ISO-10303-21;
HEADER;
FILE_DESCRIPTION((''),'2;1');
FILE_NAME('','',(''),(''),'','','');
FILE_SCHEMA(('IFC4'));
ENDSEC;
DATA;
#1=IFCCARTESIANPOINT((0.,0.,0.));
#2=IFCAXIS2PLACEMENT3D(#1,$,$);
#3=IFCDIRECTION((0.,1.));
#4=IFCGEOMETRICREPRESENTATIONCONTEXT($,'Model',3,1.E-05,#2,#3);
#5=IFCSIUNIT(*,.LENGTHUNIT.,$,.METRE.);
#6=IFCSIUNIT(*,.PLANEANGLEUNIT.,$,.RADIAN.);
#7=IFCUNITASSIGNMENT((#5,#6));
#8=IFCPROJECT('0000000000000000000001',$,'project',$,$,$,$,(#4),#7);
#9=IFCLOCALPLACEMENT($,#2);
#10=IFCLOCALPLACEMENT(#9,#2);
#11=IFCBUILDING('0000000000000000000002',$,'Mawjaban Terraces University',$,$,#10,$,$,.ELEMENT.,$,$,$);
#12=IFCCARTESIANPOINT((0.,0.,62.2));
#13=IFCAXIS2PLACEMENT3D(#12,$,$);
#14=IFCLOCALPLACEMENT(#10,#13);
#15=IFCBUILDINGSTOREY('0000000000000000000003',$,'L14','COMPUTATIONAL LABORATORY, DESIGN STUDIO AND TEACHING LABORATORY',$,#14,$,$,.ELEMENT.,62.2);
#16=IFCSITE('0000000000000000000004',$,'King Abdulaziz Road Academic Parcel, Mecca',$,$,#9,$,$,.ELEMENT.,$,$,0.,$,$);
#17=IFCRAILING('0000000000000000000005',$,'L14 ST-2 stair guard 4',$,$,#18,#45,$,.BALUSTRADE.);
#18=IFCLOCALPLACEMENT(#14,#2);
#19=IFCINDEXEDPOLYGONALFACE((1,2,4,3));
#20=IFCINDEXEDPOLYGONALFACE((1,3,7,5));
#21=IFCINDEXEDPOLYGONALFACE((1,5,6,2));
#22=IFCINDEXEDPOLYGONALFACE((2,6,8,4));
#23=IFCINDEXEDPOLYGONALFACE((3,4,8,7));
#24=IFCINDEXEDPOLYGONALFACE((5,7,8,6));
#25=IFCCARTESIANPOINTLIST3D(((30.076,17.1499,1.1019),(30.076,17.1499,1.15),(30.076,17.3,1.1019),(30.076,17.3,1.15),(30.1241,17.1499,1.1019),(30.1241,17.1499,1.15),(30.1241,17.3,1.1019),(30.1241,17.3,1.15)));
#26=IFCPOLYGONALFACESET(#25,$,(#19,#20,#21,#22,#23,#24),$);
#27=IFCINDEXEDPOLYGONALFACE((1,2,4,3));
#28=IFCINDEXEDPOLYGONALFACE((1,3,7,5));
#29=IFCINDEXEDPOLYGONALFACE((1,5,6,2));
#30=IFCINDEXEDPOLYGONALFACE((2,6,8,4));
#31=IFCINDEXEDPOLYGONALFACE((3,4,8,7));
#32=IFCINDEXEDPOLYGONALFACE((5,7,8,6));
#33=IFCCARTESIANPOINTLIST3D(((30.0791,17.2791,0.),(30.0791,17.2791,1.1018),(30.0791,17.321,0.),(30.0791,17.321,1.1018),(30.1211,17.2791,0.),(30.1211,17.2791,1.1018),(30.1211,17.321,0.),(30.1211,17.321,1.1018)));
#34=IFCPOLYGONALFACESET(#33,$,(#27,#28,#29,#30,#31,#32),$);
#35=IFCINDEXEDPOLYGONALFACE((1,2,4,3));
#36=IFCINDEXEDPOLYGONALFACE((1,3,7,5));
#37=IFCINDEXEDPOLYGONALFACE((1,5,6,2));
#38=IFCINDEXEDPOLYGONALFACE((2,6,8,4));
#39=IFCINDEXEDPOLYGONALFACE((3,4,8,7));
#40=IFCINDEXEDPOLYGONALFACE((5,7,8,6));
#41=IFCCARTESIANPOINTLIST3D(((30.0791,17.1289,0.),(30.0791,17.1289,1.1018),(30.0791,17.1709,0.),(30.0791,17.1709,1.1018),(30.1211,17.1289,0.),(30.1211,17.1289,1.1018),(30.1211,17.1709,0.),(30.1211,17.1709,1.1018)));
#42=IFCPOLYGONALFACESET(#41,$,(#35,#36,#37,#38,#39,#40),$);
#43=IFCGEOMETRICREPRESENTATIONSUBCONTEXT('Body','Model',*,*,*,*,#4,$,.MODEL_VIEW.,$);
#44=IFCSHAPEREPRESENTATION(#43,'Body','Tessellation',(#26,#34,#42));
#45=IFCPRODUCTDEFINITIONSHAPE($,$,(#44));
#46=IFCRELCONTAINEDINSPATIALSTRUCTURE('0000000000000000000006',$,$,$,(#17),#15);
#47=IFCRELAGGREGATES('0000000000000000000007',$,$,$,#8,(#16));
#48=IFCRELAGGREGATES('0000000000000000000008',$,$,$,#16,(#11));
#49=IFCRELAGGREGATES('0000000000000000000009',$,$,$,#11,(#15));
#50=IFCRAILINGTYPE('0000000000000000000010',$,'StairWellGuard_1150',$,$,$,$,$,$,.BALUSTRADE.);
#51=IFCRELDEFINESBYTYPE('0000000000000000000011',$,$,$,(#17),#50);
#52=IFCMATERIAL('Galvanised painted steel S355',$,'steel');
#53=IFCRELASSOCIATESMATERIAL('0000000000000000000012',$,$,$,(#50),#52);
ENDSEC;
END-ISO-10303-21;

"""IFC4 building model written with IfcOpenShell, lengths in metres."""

from ifc_helpers import new_model, si_unit, direction, frame, origin, origin_2d, place, context, subcontext, project, spatial, rectangle, extrude, material, type_object, element, save


model = new_model("IFC4")

# Units and contexts
model_context = context("Model", 3, precision=1e-05, world=origin(), true_north=direction((0.0, 1.0)))
body_context = subcontext(model_context, "Body", "Model", "MODEL_VIEW")
ifc_project = project(units=[si_unit("LENGTHUNIT", "METRE"), si_unit("PLANEANGLEUNIT", "RADIAN")], contexts=[model_context])

# Site, building, storey
site_placement = place(None, origin())
site = spatial("IfcSite", under=ifc_project, at=site_placement, Name="King Abdulaziz Road Academic Parcel, Mecca", CompositionType="ELEMENT", RefElevation=0.0)
building_placement = place(site_placement, origin())
building = spatial("IfcBuilding", under=site, at=building_placement, Name="Mawjaban Terraces University", CompositionType="ELEMENT")
storey_placement = place(building_placement, frame((0.0, 0.0, 62.2)))
storey = spatial("IfcBuildingStorey", under=building, at=storey_placement, Name="L14", Description="COMPUTATIONAL LABORATORY, DESIGN STUDIO AND TEACHING LABORATORY", CompositionType="ELEMENT", Elevation=62.2)

# Railing
ifc_material_1 = material(Name="Galvanised painted steel S355", Category="steel")
railing_type_1 = type_object("IfcRailingType", Name="StairWellGuard_1150", PredefinedType="BALUSTRADE", material=ifc_material_1)
railing_1_placement = place(storey_placement, frame((30.1001, 17.3, 0.0)))
element("IfcRailing", 1, at=railing_1_placement, inside=storey, type_object=railing_type_1, Name="L14 ST-2 stair guard 4", PredefinedType="BALUSTRADE", context=body_context, shape_type="SweptSolid", body=[
    extrude(rectangle(XDim=0.0481, YDim=0.0481, at=origin_2d()), frame((0.0, 0.0, 1.126), z_axis=(0.0, -1.0, 0.0), x_axis=(1.0, 0.0, 0.0)), (0.0, 0.0, 1.0), 0.1501),
    extrude(rectangle(XDim=0.042, YDim=0.042, at=origin_2d()), origin(), (0.0, 0.0, 1.0), 1.1018),
    extrude(rectangle(XDim=0.042, YDim=0.042, at=origin_2d()), frame((0.0, -0.1501, 0.0)), (0.0, 0.0, 1.0), 1.1018),
])

save(model, "model.ifc")
